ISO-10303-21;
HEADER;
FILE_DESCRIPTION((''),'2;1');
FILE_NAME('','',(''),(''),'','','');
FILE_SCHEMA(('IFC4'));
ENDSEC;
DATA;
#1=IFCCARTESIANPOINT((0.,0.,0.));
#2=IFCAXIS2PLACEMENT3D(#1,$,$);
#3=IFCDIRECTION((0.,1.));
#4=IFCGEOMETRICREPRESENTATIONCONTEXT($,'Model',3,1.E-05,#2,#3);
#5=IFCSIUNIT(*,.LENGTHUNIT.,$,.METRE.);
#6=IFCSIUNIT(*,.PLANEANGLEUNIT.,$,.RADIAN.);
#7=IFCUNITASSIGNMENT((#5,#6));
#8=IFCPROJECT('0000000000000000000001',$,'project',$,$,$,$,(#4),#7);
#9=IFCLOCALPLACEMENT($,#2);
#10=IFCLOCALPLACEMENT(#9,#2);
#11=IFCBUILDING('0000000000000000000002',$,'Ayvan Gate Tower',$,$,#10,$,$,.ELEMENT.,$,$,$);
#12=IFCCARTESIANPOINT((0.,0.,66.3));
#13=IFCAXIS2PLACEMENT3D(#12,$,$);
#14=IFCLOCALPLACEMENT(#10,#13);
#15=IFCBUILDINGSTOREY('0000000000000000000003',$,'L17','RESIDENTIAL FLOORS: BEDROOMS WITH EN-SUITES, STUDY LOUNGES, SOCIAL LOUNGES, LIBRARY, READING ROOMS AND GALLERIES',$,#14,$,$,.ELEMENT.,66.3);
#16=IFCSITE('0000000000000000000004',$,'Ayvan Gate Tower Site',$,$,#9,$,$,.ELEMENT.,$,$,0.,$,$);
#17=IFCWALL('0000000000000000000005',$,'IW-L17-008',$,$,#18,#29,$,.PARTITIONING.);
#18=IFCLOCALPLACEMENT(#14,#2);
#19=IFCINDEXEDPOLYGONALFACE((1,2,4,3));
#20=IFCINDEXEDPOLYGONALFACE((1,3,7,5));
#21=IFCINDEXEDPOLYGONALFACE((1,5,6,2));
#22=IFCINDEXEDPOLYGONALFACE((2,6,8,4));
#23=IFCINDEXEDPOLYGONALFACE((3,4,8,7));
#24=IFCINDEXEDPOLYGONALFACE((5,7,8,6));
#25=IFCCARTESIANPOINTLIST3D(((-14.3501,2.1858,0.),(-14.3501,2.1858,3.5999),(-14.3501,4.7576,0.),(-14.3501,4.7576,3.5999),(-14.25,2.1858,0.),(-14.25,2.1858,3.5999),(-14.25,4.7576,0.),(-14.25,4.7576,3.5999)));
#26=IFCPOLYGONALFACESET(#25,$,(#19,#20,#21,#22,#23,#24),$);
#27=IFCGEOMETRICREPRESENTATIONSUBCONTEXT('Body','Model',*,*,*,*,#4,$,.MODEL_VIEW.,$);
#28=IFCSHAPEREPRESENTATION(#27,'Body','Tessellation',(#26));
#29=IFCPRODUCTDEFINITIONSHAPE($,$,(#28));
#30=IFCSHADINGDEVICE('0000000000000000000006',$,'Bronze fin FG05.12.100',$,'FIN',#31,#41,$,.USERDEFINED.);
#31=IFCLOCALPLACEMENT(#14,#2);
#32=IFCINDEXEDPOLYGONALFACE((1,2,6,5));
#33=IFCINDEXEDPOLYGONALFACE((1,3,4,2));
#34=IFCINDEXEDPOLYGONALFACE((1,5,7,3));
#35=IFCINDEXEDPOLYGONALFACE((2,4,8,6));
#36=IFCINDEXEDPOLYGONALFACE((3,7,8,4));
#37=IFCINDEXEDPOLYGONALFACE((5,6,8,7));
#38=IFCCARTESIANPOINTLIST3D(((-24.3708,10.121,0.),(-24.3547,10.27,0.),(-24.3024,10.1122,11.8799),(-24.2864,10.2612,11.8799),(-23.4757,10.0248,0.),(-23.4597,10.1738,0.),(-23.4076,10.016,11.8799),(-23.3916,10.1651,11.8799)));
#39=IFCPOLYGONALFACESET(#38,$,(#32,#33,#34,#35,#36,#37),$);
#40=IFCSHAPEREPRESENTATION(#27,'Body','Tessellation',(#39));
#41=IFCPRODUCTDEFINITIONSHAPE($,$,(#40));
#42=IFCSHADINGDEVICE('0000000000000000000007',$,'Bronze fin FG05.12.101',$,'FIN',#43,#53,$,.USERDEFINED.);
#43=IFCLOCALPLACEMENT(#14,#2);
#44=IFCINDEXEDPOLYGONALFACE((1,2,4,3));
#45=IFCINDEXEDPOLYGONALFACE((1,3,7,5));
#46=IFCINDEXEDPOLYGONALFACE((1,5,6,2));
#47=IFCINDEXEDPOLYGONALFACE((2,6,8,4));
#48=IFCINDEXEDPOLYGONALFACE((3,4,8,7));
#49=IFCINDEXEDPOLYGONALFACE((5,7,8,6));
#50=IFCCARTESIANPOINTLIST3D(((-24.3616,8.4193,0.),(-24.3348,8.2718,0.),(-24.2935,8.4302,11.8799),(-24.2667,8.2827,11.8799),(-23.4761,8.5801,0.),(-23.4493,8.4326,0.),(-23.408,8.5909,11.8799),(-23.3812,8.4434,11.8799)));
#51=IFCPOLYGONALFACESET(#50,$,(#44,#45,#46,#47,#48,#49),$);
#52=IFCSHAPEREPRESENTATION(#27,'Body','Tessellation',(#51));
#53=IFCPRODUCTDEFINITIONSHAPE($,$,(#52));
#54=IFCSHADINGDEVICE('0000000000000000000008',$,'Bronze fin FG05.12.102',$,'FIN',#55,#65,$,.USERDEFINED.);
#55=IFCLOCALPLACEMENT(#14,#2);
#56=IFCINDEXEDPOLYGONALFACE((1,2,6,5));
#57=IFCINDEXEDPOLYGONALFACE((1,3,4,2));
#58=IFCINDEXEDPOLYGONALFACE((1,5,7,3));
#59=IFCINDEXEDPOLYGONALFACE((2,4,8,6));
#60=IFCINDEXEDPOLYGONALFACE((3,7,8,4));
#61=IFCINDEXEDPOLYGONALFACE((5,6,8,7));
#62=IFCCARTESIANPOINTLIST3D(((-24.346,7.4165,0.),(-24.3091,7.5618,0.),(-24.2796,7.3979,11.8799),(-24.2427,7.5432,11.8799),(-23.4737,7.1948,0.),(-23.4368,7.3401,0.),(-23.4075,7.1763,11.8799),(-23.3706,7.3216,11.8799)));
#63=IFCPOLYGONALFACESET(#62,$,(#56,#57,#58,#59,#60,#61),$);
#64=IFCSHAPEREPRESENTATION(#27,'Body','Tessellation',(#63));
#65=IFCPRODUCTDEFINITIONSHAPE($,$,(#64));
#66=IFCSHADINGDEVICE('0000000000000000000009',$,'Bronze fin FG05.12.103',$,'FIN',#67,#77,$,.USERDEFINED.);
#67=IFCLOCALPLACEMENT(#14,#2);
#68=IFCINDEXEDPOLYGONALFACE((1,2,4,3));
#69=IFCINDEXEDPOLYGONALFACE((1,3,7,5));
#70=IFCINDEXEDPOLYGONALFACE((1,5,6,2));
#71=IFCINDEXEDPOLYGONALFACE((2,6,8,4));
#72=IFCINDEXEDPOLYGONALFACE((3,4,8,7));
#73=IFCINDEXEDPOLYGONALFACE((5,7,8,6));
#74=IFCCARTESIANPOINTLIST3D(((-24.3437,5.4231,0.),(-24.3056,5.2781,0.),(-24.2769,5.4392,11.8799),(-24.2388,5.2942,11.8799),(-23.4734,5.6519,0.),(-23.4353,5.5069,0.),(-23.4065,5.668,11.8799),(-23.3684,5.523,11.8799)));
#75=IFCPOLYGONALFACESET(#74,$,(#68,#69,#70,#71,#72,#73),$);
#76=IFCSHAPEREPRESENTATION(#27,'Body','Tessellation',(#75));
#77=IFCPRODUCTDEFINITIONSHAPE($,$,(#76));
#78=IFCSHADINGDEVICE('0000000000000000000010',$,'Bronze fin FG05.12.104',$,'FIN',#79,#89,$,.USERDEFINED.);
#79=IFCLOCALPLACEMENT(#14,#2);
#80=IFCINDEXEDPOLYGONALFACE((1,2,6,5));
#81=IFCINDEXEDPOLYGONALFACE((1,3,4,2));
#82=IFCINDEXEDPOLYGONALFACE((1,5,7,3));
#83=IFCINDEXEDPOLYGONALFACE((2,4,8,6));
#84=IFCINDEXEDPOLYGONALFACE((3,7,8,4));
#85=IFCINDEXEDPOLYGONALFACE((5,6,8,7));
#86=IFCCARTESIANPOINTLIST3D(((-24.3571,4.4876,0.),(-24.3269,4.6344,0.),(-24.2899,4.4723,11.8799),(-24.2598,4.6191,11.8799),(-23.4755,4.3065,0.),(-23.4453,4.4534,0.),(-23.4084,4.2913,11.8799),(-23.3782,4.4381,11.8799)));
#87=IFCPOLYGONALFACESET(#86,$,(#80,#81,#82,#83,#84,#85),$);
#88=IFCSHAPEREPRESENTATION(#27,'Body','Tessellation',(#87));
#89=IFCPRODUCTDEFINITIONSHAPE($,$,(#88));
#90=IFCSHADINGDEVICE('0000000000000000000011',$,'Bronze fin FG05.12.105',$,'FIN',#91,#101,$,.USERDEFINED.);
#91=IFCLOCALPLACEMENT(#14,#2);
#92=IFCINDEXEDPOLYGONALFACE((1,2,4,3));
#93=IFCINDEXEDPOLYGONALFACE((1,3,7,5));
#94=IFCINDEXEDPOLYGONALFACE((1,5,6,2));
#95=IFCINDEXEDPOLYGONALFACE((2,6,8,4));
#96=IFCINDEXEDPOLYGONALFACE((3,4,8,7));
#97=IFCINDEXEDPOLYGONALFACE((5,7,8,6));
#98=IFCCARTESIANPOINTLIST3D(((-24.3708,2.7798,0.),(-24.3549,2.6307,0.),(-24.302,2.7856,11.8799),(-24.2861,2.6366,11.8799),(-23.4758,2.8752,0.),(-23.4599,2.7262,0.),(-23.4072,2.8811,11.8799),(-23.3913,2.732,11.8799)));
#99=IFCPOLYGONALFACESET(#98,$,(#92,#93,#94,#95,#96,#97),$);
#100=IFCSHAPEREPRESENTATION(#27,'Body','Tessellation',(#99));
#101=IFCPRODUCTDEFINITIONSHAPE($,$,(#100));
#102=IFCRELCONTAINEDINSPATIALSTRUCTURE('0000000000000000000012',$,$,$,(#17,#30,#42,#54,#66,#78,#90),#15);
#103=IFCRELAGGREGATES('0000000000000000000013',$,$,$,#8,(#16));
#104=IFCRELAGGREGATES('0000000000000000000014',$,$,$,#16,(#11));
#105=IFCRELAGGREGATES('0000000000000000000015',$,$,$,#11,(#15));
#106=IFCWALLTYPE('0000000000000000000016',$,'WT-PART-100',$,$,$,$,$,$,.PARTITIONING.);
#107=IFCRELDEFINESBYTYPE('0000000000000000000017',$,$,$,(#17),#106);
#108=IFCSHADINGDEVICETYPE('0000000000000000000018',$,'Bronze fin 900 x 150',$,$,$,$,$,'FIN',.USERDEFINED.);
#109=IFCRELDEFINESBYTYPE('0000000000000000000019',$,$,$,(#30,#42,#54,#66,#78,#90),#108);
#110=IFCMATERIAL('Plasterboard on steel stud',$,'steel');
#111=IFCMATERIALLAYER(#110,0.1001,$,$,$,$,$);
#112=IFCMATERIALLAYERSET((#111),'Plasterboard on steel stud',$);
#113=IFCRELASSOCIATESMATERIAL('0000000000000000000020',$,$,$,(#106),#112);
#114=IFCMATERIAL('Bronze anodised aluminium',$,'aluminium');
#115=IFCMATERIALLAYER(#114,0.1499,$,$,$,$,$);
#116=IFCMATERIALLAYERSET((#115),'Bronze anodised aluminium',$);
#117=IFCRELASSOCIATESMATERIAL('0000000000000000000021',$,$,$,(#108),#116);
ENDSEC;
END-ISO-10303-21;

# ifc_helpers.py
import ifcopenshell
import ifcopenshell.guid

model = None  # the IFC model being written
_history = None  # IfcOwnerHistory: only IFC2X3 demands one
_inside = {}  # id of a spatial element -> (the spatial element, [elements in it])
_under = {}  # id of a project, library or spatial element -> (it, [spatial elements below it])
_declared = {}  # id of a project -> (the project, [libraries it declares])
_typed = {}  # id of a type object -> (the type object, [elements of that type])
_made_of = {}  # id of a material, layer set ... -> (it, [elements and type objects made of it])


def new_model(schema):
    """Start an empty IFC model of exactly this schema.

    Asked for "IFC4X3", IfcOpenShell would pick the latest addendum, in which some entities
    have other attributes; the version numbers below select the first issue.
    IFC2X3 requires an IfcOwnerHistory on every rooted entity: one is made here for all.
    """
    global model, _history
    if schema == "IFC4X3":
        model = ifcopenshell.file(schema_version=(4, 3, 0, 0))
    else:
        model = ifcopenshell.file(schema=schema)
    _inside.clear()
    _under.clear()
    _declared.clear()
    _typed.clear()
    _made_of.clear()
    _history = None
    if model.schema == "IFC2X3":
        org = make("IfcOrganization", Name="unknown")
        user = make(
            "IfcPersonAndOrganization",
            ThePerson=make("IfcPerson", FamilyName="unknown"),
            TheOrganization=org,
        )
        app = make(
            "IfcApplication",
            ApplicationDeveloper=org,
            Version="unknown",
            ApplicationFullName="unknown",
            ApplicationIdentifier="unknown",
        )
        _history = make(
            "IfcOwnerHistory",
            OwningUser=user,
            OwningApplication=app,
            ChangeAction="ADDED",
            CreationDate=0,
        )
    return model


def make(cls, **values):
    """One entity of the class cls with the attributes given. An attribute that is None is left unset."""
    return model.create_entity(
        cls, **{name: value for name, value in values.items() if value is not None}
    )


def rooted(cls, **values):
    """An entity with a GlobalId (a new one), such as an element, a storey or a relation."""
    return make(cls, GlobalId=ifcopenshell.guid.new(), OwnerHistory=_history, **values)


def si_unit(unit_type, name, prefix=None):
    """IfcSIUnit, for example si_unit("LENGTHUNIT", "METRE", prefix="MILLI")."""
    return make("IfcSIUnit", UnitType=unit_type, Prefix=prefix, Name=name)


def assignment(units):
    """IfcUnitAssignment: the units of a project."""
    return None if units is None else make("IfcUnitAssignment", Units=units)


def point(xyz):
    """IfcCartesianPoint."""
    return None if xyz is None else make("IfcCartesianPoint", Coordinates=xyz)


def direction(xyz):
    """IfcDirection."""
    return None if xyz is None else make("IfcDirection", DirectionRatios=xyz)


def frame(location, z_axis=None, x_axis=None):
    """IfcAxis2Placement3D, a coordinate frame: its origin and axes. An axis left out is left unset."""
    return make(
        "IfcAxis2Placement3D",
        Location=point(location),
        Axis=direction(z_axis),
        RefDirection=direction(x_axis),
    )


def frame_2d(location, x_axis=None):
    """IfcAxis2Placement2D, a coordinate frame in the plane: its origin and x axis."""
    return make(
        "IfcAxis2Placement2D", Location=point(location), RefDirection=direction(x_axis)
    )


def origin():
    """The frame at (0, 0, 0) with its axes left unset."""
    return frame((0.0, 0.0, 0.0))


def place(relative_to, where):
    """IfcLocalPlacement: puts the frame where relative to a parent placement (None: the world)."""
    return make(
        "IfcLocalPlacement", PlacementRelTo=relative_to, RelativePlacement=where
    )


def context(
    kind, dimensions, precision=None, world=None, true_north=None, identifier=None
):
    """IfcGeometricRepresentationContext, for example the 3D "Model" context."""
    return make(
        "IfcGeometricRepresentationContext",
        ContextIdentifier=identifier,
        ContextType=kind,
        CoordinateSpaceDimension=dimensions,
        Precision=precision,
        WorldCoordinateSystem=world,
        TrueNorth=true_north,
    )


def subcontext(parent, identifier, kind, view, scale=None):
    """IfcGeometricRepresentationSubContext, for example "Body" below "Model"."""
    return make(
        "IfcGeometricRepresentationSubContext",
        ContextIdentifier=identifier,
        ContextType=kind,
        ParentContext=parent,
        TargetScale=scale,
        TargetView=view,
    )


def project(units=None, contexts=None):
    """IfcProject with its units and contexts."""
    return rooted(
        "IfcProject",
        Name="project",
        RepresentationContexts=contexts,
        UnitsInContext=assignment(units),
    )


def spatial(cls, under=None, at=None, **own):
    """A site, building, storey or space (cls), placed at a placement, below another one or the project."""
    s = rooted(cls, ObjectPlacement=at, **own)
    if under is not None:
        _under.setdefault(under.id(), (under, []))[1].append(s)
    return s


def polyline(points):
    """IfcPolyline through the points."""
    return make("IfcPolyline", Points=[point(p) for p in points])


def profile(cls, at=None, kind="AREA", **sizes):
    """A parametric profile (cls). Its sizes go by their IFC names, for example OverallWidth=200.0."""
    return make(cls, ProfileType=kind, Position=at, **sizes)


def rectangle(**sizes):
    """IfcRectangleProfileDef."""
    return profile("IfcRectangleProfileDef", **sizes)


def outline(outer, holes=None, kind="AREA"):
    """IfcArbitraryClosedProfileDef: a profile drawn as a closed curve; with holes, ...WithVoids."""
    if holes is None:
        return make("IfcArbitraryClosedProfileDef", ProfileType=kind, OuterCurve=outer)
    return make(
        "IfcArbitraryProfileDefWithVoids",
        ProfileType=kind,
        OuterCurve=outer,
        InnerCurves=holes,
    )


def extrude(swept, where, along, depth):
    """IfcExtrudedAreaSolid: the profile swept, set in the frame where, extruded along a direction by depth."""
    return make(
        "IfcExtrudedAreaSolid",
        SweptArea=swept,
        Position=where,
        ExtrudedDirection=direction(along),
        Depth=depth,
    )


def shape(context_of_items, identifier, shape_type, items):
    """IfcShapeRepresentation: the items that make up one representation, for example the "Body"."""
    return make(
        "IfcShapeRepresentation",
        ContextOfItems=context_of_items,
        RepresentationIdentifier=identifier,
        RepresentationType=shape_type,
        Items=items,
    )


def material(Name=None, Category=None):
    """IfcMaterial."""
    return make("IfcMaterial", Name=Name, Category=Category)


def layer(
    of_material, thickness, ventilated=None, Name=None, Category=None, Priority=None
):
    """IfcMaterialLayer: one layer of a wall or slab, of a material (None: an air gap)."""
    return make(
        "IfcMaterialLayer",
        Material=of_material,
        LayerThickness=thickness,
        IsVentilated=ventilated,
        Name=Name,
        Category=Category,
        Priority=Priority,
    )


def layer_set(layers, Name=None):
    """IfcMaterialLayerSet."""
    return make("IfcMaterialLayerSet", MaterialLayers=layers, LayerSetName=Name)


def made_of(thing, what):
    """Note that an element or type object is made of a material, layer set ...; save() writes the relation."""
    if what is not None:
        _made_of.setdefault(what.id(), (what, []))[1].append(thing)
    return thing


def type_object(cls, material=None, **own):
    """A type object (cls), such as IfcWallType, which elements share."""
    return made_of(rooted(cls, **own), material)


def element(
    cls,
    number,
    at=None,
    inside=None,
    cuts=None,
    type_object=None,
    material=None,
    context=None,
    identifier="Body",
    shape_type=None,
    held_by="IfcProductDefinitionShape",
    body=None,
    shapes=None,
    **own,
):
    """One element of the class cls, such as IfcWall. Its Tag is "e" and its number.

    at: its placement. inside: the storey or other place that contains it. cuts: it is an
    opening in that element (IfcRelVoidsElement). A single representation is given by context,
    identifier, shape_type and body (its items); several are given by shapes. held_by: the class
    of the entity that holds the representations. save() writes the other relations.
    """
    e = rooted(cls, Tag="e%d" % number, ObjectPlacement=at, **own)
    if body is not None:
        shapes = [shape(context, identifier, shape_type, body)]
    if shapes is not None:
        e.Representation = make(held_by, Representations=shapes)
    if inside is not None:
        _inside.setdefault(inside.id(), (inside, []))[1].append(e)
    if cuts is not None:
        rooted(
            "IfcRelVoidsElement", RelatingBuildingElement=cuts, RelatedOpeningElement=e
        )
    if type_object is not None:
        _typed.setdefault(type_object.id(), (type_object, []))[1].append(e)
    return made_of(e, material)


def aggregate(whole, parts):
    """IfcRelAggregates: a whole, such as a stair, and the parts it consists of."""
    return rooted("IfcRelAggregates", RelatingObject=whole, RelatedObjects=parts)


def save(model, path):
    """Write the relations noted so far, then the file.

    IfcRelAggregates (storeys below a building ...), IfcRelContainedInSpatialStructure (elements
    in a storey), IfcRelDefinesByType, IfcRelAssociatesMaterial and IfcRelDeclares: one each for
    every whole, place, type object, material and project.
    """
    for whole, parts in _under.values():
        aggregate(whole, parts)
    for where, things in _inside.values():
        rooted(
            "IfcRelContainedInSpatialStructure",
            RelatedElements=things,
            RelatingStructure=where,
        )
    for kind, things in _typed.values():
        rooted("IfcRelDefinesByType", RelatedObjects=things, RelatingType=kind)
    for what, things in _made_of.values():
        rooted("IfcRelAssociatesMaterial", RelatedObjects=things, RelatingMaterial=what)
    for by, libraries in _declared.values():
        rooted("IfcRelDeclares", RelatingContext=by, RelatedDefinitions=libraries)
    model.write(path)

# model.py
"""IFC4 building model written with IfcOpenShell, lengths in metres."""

from ifc_helpers import new_model, si_unit, direction, frame, frame_2d, origin, place, context, subcontext, project, spatial, polyline, rectangle, outline, extrude, material, layer, layer_set, type_object, element, save


model = new_model("IFC4")

# Units and contexts
model_context = context("Model", 3, precision=1e-05, world=origin(), true_north=direction((0.0, 1.0)))
body_context = subcontext(model_context, "Body", "Model", "MODEL_VIEW")
ifc_project = project(units=[si_unit("LENGTHUNIT", "METRE"), si_unit("PLANEANGLEUNIT", "RADIAN")], contexts=[model_context])

# Site, building, storey
site_placement = place(None, origin())
site = spatial("IfcSite", under=ifc_project, at=site_placement, Name="Ayvan Gate Tower Site", CompositionType="ELEMENT", RefElevation=0.0)
building_placement = place(site_placement, origin())
building = spatial("IfcBuilding", under=site, at=building_placement, Name="Ayvan Gate Tower", CompositionType="ELEMENT")
storey_placement = place(building_placement, frame((0.0, 0.0, 66.3)))
storey = spatial("IfcBuildingStorey", under=building, at=storey_placement, Name="L17", Description="RESIDENTIAL FLOORS: BEDROOMS WITH EN-SUITES, STUDY LOUNGES, SOCIAL LOUNGES, LIBRARY, READING ROOMS AND GALLERIES", CompositionType="ELEMENT", Elevation=66.3)

# Shared definitions
ifc_material_1 = material(Name="Bronze anodised aluminium", Category="aluminium")

# Shared definitions
ifc_material_2 = material(Name="Plasterboard on steel stud", Category="steel")

# Wall
ifc_layer_1 = layer(ifc_material_2, 0.1001)
ifc_layer_set_1 = layer_set([ifc_layer_1], Name="Plasterboard on steel stud")
wall_type_1 = type_object("IfcWallType", Name="WT-PART-100", PredefinedType="PARTITIONING", material=ifc_layer_set_1)
wall_1_placement = place(storey_placement, frame((-14.3, 4.7576, 0.0), z_axis=(0.0, 0.0, 1.0), x_axis=(0.0, -1.0, 0.0)))
element("IfcWall", 1, at=wall_1_placement, inside=storey, type_object=wall_type_1, Name="IW-L17-008", PredefinedType="PARTITIONING", context=body_context, shape_type="SweptSolid", body=[
    extrude(rectangle(XDim=2.5718, YDim=0.1001, at=frame_2d((1.2859, 0.0))), origin(), (0.0, 0.0, 1.0), 3.5999),
])

# Shading devices
ifc_layer_2 = layer(ifc_material_1, 0.1499)
ifc_layer_set_2 = layer_set([ifc_layer_2], Name="Bronze anodised aluminium")
shading_device_type = type_object("IfcShadingDeviceType", Name="Bronze fin 900 x 150", ElementType="FIN", PredefinedType="USERDEFINED", material=ifc_layer_set_2)
shading_device_1_placement = place(storey_placement, frame((-23.4597, 10.1738, 0.0), z_axis=(0.106873, 0.994273, 0.000122), x_axis=(-0.994273, 0.106873, 0.0)))
element("IfcShadingDevice", 2, at=shading_device_1_placement, inside=storey, type_object=shading_device_type, Name="Bronze fin FG05.12.100", ObjectType="FIN", PredefinedType="USERDEFINED", context=body_context, shape_type="SweptSolid", body=[
    extrude(outline(polyline([(0.0, 0.0), (0.9002, 0.0), (0.8313, 11.8799), (-0.0687, 11.8799), (0.0, 0.0)])), origin(), (0.0, 0.0, -1.0), 0.1499),
])
shading_device_2_placement = place(storey_placement, frame((-23.4761, 8.5801, 0.0), z_axis=(-0.178635, 0.983915, 0.000124), x_axis=(-0.983915, -0.178635, 0.0)))
element("IfcShadingDevice", 3, at=shading_device_2_placement, inside=storey, type_object=shading_device_type, Name="Bronze fin FG05.12.101", ObjectType="FIN", PredefinedType="USERDEFINED", context=body_context, shape_type="SweptSolid", body=[
    extrude(outline(polyline([(0.0, 0.0), (0.9, 0.0), (0.831, 11.8799), (-0.0689, 11.8799), (0.0, 0.0)])), origin(), (0.0, 0.0, -1.0), 0.1499),
])
shading_device_3_placement = place(storey_placement, frame((-23.4368, 7.3401, 0.0), z_axis=(0.246332, 0.969186, 0.000139), x_axis=(-0.969186, 0.246332, 0.0)))
element("IfcShadingDevice", 4, at=shading_device_3_placement, inside=storey, type_object=shading_device_type, Name="Bronze fin FG05.12.102", ObjectType="FIN", PredefinedType="USERDEFINED", context=body_context, shape_type="SweptSolid", body=[
    extrude(outline(polyline([(0.0, 0.0), (0.9, 0.0), (0.8311, 11.8799), (-0.0687, 11.8799), (0.0, 0.0)])), origin(), (0.0, 0.0, -1.0), 0.1499),
])
shading_device_4_placement = place(storey_placement, frame((-23.4734, 5.6519, 0.0), z_axis=(-0.2542, 0.967152, 0.00012), x_axis=(-0.967152, -0.2542, 0.0)))
element("IfcShadingDevice", 5, at=shading_device_4_placement, inside=storey, type_object=shading_device_type, Name="Bronze fin FG05.12.103", ObjectType="FIN", PredefinedType="USERDEFINED", context=body_context, shape_type="SweptSolid", body=[
    extrude(outline(polyline([(0.0, 0.0), (0.8999, 0.0), (0.8311, 11.8799), (-0.0688, 11.8799), (0.0, 0.0)])), origin(), (0.0, 0.0, -1.0), 0.1499),
])
shading_device_5_placement = place(storey_placement, frame((-23.4453, 4.4534, 0.0), z_axis=(0.201148, 0.979561, 0.000121), x_axis=(-0.979561, 0.201148, 0.0)))
element("IfcShadingDevice", 6, at=shading_device_5_placement, inside=storey, type_object=shading_device_type, Name="Bronze fin FG05.12.104", ObjectType="FIN", PredefinedType="USERDEFINED", context=body_context, shape_type="SweptSolid", body=[
    extrude(outline(polyline([(0.0, 0.0), (0.9, 0.0), (0.8312, 11.8799), (-0.0688, 11.8799), (0.0, 0.0)])), origin(), (0.0, 0.0, -1.0), 0.1499),
])
shading_device_6_placement = place(storey_placement, frame((-23.4758, 2.8752, 0.0), z_axis=(-0.106069, 0.994359, 0.000123), x_axis=(-0.994359, -0.106069, 0.0)))
element("IfcShadingDevice", 7, at=shading_device_6_placement, inside=storey, type_object=shading_device_type, Name="Bronze fin FG05.12.105", ObjectType="FIN", PredefinedType="USERDEFINED", context=body_context, shape_type="SweptSolid", body=[
    extrude(outline(polyline([(0.0, 0.0), (0.9001, 0.0), (0.831, 11.8799), (-0.0688, 11.8799), (0.0, 0.0)])), origin(), (0.0, 0.0, -1.0), 0.1499),
])

save(model, "model.ifc")
